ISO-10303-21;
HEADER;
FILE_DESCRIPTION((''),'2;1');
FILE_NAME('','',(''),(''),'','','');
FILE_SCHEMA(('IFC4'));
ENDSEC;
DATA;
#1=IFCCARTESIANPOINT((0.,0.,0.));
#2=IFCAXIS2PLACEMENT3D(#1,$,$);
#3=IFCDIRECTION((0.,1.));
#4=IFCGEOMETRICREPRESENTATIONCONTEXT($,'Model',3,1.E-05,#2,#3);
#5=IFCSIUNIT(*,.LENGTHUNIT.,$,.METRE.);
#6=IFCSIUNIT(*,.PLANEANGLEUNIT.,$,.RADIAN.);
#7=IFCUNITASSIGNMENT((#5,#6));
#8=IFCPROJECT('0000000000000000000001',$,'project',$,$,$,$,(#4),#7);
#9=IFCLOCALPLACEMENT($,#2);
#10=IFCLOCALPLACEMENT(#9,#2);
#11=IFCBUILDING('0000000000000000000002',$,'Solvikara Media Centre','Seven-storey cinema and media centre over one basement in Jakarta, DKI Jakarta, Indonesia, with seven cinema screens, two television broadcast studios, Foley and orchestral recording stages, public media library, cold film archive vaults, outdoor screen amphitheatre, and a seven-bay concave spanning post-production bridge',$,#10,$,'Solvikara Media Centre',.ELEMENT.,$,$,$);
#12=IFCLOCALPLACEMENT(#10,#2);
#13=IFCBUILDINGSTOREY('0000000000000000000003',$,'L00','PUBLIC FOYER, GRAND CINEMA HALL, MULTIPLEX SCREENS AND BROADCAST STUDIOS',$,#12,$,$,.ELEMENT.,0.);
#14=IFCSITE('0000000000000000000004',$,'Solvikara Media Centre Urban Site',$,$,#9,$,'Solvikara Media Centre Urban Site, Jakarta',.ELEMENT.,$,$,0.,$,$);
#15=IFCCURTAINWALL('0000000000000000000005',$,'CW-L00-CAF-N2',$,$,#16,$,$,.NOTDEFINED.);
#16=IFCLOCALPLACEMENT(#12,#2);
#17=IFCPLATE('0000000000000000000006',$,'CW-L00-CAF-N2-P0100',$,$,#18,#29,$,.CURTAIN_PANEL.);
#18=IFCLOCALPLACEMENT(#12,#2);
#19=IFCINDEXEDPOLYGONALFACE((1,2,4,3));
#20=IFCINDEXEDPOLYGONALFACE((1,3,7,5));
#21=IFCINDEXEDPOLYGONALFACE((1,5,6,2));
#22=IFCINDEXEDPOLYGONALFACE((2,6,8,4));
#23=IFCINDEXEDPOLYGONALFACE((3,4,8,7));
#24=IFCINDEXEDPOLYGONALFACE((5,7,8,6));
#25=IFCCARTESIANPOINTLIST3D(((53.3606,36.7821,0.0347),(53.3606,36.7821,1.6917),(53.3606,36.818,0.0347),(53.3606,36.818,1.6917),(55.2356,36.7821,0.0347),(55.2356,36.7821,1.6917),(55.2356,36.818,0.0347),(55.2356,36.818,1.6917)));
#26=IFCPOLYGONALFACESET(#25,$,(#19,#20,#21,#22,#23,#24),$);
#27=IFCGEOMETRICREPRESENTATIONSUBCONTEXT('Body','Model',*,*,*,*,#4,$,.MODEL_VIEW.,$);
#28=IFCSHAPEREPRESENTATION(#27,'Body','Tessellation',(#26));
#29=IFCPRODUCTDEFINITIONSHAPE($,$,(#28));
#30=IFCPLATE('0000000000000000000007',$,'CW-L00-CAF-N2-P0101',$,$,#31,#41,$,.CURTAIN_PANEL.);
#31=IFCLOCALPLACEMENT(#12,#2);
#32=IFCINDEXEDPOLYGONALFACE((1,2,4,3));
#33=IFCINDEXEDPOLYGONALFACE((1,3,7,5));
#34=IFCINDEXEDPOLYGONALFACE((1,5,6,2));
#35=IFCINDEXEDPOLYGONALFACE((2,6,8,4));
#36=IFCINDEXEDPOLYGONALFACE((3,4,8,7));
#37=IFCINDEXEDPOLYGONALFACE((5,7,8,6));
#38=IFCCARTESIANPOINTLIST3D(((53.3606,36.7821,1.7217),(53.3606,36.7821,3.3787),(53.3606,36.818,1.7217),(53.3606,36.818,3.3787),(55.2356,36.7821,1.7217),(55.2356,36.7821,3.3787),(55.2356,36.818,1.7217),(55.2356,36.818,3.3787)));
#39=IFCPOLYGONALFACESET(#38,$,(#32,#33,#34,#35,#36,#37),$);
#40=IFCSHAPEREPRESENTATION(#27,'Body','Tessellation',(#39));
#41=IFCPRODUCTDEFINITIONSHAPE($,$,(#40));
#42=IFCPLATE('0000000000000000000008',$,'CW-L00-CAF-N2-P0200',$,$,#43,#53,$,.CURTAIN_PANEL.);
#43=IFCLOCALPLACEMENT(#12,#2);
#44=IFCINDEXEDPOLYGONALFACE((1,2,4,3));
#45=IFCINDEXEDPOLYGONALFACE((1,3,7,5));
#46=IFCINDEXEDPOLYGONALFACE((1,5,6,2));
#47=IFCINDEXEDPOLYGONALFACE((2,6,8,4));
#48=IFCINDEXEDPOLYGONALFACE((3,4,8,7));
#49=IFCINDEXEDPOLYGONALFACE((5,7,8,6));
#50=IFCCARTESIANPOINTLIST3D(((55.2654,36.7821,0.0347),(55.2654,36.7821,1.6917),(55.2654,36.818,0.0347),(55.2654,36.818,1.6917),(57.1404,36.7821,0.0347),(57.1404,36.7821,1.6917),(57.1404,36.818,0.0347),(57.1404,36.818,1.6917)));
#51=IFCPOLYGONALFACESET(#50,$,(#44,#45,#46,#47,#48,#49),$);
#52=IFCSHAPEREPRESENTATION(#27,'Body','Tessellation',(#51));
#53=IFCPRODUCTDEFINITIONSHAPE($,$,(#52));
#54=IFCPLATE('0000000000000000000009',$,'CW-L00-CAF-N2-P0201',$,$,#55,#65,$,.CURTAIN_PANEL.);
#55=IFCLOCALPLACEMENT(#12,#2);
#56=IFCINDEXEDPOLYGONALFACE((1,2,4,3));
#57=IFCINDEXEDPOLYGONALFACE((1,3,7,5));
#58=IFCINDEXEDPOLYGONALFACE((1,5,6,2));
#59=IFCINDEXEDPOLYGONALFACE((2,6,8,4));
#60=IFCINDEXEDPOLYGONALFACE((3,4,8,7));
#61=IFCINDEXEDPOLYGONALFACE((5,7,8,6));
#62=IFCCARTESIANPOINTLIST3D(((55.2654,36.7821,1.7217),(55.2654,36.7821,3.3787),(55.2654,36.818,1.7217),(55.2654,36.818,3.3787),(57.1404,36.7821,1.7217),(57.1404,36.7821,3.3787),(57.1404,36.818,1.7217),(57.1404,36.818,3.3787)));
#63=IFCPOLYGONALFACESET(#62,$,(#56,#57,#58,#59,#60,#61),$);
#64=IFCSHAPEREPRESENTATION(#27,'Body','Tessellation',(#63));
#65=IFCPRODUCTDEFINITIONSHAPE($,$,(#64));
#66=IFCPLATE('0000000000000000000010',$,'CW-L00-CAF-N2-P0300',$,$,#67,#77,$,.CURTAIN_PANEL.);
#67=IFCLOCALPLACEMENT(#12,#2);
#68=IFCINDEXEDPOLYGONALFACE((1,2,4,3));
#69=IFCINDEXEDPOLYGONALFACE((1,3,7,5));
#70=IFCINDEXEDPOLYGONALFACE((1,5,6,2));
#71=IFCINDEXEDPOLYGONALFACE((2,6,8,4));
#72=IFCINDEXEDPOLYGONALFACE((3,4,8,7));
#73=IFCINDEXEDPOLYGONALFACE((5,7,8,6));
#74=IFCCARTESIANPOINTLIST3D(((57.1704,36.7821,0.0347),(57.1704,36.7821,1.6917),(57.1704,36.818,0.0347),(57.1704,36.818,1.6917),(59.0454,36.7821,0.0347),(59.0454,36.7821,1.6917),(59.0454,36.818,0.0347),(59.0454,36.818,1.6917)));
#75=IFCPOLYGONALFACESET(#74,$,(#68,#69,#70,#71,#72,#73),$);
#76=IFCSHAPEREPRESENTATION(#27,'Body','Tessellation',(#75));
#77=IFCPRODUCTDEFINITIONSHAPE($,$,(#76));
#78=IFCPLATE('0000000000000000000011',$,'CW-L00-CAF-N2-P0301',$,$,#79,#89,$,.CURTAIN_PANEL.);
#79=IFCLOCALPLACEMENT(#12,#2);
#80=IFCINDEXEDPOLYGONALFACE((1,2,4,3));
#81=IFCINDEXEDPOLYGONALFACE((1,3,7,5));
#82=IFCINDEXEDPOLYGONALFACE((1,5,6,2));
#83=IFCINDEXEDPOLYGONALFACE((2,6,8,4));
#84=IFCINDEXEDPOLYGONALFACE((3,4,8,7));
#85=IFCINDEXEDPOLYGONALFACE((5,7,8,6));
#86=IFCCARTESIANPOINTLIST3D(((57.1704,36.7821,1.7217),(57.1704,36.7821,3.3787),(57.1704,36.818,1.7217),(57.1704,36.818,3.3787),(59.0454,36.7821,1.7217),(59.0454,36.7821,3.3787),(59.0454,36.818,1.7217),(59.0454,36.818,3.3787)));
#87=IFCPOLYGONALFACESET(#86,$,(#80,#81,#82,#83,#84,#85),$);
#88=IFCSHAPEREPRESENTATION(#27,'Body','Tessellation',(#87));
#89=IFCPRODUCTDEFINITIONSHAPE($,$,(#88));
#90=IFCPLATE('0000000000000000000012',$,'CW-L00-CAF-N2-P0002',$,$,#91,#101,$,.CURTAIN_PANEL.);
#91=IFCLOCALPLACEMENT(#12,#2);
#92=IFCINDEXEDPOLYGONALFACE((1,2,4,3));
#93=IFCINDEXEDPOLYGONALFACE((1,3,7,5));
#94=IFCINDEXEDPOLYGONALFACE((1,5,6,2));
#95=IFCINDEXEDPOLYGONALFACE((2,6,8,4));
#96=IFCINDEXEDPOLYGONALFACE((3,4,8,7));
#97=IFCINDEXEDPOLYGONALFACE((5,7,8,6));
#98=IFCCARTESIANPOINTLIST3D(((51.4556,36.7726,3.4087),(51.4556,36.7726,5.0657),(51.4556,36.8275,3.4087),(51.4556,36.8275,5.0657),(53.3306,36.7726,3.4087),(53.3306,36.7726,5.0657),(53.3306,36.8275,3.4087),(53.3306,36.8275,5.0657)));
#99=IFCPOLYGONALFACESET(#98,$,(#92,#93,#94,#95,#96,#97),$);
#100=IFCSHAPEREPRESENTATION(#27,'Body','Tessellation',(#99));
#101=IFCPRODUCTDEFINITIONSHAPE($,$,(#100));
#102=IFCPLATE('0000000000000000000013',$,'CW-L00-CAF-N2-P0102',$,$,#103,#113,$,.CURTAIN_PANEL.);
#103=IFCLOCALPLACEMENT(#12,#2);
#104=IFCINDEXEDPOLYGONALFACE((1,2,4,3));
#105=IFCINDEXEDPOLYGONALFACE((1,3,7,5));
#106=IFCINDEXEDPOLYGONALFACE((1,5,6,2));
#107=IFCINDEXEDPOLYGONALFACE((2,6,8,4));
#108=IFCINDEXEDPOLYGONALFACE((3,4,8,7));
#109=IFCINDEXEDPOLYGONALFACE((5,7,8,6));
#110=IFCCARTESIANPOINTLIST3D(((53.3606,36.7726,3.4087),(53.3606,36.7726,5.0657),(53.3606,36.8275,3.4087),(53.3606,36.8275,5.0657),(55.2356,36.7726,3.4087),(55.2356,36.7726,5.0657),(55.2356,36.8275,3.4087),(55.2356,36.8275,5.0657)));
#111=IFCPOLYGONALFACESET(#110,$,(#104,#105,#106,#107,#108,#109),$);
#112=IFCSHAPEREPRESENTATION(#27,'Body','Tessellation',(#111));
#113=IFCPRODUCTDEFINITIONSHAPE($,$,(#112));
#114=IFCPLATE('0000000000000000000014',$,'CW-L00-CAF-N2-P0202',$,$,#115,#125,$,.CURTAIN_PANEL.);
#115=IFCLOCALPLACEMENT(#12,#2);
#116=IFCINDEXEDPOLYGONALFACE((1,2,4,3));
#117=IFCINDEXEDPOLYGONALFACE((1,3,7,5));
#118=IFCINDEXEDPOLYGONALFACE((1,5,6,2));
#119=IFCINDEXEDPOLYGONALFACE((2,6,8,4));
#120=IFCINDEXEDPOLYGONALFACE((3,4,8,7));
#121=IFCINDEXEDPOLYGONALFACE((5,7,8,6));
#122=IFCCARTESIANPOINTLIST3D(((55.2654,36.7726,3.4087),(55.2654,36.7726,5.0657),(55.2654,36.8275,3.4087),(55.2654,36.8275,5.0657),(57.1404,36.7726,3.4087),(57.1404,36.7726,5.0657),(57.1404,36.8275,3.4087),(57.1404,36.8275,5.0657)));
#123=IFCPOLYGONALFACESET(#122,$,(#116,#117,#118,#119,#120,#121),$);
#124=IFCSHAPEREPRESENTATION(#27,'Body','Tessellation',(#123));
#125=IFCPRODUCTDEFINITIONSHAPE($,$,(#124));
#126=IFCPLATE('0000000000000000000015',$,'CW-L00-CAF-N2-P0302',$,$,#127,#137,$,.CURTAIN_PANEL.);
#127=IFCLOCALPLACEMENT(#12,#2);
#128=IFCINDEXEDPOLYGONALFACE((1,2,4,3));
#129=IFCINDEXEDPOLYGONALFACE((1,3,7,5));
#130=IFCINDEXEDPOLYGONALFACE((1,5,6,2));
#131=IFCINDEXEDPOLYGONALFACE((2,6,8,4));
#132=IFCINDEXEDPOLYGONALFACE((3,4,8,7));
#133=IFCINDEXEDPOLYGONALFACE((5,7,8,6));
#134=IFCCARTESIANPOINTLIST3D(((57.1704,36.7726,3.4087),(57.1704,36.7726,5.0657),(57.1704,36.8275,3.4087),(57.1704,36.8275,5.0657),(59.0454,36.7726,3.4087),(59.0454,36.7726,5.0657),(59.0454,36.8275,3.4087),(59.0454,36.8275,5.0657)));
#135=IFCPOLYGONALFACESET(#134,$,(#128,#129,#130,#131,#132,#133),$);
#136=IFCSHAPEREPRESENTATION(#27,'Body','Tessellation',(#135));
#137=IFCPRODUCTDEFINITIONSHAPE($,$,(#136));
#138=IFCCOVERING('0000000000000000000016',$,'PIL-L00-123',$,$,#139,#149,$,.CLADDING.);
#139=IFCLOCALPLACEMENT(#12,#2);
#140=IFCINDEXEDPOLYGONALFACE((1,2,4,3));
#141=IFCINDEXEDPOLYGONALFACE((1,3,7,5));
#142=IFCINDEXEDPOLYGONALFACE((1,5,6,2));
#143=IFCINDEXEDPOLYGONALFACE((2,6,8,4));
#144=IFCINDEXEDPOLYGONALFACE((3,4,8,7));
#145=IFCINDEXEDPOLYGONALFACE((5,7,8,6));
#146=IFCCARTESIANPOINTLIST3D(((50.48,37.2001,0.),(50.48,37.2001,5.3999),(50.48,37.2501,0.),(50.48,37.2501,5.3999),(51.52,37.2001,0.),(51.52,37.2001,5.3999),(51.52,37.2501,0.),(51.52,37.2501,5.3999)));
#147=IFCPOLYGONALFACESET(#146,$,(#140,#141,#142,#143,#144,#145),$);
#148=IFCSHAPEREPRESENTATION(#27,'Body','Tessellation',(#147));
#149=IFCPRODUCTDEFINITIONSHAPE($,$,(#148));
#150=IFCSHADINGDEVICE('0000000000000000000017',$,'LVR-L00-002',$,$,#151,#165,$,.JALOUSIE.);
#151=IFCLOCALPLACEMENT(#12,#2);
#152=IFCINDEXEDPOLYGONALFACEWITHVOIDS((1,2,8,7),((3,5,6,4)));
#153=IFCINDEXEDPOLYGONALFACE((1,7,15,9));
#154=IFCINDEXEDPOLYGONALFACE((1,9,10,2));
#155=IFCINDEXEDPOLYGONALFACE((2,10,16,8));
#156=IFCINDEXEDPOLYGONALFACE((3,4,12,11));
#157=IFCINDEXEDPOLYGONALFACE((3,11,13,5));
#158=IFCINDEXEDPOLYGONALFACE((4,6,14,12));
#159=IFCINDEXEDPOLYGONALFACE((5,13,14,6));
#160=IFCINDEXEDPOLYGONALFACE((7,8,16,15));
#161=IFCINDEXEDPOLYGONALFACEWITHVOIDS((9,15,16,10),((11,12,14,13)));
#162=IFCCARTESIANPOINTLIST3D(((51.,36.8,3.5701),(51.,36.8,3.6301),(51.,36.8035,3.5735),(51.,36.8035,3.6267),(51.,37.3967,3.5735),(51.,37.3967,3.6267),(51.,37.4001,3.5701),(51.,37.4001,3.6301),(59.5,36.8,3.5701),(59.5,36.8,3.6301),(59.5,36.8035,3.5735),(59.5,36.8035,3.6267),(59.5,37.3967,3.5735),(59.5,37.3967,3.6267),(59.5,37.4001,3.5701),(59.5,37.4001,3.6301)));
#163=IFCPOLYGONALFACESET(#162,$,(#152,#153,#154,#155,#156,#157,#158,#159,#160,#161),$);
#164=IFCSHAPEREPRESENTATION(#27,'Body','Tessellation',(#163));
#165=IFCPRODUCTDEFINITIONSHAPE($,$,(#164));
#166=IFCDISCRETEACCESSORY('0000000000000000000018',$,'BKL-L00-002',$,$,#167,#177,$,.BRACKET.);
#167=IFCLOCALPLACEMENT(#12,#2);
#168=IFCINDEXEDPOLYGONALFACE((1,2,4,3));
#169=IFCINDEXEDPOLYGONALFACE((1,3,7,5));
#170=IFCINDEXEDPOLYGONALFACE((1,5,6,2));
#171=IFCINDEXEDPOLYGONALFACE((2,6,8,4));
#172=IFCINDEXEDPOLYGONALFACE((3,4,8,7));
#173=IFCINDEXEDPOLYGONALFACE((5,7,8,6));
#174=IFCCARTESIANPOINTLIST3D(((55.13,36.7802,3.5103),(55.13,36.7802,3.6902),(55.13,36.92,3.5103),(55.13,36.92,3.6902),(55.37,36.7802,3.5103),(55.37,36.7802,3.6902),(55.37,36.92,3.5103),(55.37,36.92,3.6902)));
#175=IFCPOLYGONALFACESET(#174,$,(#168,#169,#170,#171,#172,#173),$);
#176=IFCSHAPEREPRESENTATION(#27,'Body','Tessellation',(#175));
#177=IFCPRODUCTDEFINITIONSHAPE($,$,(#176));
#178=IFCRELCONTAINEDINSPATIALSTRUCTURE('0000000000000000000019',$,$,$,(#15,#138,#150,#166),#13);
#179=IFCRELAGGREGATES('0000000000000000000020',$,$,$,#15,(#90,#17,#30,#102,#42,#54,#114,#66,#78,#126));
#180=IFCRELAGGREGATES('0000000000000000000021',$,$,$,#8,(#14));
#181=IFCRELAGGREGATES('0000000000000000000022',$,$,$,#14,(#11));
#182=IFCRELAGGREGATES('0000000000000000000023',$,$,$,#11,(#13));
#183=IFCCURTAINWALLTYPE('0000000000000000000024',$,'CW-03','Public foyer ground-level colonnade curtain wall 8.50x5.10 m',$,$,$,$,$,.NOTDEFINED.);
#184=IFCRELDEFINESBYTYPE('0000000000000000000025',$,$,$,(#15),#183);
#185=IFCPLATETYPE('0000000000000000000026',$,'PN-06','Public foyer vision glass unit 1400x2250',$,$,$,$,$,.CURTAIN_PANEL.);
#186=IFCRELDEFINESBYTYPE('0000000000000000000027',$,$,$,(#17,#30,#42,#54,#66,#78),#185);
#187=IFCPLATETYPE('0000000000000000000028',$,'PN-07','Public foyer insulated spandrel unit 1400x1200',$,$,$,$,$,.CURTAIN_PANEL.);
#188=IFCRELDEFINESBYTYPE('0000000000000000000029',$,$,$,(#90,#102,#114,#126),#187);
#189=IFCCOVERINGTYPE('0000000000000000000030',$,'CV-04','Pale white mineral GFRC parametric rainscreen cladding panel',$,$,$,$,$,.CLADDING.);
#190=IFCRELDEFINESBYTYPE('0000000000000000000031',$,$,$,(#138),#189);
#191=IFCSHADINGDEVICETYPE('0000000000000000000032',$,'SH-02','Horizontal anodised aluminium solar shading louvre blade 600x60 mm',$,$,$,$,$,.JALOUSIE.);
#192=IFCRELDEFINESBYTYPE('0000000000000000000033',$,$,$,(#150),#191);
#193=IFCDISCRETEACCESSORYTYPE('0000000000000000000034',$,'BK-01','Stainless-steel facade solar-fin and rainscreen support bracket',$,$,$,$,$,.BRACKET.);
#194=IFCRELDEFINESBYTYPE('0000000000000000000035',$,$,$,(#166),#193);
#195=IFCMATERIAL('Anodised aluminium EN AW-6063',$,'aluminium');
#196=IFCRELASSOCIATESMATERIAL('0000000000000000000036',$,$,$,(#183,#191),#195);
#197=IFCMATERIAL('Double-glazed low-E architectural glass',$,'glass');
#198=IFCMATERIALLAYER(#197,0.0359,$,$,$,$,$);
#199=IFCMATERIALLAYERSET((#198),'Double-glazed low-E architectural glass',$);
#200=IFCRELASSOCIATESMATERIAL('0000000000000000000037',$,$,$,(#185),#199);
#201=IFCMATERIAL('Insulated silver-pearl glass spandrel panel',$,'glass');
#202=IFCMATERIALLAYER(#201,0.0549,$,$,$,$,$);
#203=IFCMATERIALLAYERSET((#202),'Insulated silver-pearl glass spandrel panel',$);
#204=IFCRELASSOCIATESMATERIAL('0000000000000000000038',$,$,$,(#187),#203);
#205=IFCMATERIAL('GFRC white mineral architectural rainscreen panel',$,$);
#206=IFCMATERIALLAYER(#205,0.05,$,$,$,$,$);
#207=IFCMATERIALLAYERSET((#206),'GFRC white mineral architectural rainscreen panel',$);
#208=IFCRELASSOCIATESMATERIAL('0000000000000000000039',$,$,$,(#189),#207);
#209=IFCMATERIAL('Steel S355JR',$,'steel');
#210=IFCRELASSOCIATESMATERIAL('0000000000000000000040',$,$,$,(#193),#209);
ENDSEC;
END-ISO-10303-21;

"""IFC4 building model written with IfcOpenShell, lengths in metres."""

from ifc_helpers import new_model, si_unit, direction, frame, origin, origin_2d, place, context, subcontext, project, spatial, rectangle, hollow_rectangle, extrude, material, layer, layer_set, material_profile, profile_set, type_object, element, aggregate, save


model = new_model("IFC4")

# Units and contexts
model_context = context("Model", 3, precision=1e-05, world=origin(), true_north=direction((0.0, 1.0)))
body_context = subcontext(model_context, "Body", "Model", "MODEL_VIEW")
ifc_project = project(units=[si_unit("LENGTHUNIT", "METRE"), si_unit("PLANEANGLEUNIT", "RADIAN")], contexts=[model_context])

# Site, building, storey
site_placement = place(None, origin())
site = spatial("IfcSite", under=ifc_project, at=site_placement, Name="Solvikara Media Centre Urban Site", LongName="Solvikara Media Centre Urban Site, Jakarta", CompositionType="ELEMENT", RefElevation=0.0)
building_placement = place(site_placement, origin())
building = spatial("IfcBuilding", under=site, at=building_placement, Name="Solvikara Media Centre", Description="Seven-storey cinema and media centre over one basement in Jakarta, DKI Jakarta, Indonesia, with seven cinema screens, two television broadcast studios, Foley and orchestral recording stages, public media library, cold film archive vaults, outdoor screen amphitheatre, and a seven-bay concave spanning post-production bridge", LongName="Solvikara Media Centre", CompositionType="ELEMENT")
storey_placement = place(building_placement, origin())
storey = spatial("IfcBuildingStorey", under=building, at=storey_placement, Name="L00", Description="PUBLIC FOYER, GRAND CINEMA HALL, MULTIPLEX SCREENS AND BROADCAST STUDIOS", CompositionType="ELEMENT", Elevation=0.0)

# Shared definitions
ifc_material_1 = material(Name="Steel S355JR", Category="steel")

# Curtain wall, plates
ifc_material_2 = material(Name="Anodised aluminium EN AW-6063", Category="aluminium")
curtain_wall_type = type_object("IfcCurtainWallType", Name="CW-03", Description="Public foyer ground-level colonnade curtain wall 8.50x5.10 m", PredefinedType="NOTDEFINED", material=ifc_material_2)
curtain_wall_placement = place(storey_placement, origin())
curtain_wall = element("IfcCurtainWall", 1, at=curtain_wall_placement, inside=storey, type_object=curtain_wall_type, Name="CW-L00-CAF-N2", PredefinedType="NOTDEFINED")
ifc_material_3 = material(Name="Double-glazed low-E architectural glass", Category="glass")
ifc_layer_1 = layer(ifc_material_3, 0.0359)
ifc_layer_set_1 = layer_set([ifc_layer_1], Name="Double-glazed low-E architectural glass")
plate_type_1 = type_object("IfcPlateType", Name="PN-06", Description="Public foyer vision glass unit 1400x2250", PredefinedType="CURTAIN_PANEL", material=ifc_layer_set_1)
plate_1_placement = place(storey_placement, frame((54.2981, 36.8, 0.0347), z_axis=(0.0, 0.0, 1.0), x_axis=(1.0, 0.0, 0.0)))
plate_1 = element("IfcPlate", 2, at=plate_1_placement, type_object=plate_type_1, Name="CW-L00-CAF-N2-P0100", PredefinedType="CURTAIN_PANEL", context=body_context, shape_type="SweptSolid", body=[
    extrude(rectangle(XDim=1.875, YDim=0.0359, at=origin_2d()), origin(), (0.0, 0.0, 1.0), 1.657),
])
plate_2_placement = place(storey_placement, frame((54.2981, 36.8, 1.7217), z_axis=(0.0, 0.0, 1.0), x_axis=(1.0, 0.0, 0.0)))
plate_2 = element("IfcPlate", 3, at=plate_2_placement, type_object=plate_type_1, Name="CW-L00-CAF-N2-P0101", PredefinedType="CURTAIN_PANEL", context=body_context, shape_type="SweptSolid", body=[
    extrude(rectangle(XDim=1.875, YDim=0.0359, at=origin_2d()), origin(), (0.0, 0.0, 1.0), 1.657),
])
plate_3_placement = place(storey_placement, frame((56.2029, 36.8, 0.0347), z_axis=(0.0, 0.0, 1.0), x_axis=(1.0, 0.0, 0.0)))
plate_3 = element("IfcPlate", 4, at=plate_3_placement, type_object=plate_type_1, Name="CW-L00-CAF-N2-P0200", PredefinedType="CURTAIN_PANEL", context=body_context, shape_type="SweptSolid", body=[
    extrude(rectangle(XDim=1.875, YDim=0.0359, at=origin_2d()), origin(), (0.0, 0.0, 1.0), 1.657),
])
plate_4_placement = place(storey_placement, frame((56.2029, 36.8, 1.7217), z_axis=(0.0, 0.0, 1.0), x_axis=(1.0, 0.0, 0.0)))
plate_4 = element("IfcPlate", 5, at=plate_4_placement, type_object=plate_type_1, Name="CW-L00-CAF-N2-P0201", PredefinedType="CURTAIN_PANEL", context=body_context, shape_type="SweptSolid", body=[
    extrude(rectangle(XDim=1.875, YDim=0.0359, at=origin_2d()), origin(), (0.0, 0.0, 1.0), 1.657),
])
plate_5_placement = place(storey_placement, frame((58.1079, 36.8, 0.0347), z_axis=(0.0, 0.0, 1.0), x_axis=(1.0, 0.0, 0.0)))
plate_5 = element("IfcPlate", 6, at=plate_5_placement, type_object=plate_type_1, Name="CW-L00-CAF-N2-P0300", PredefinedType="CURTAIN_PANEL", context=body_context, shape_type="SweptSolid", body=[
    extrude(rectangle(XDim=1.875, YDim=0.0359, at=origin_2d()), origin(), (0.0, 0.0, 1.0), 1.657),
])
plate_6_placement = place(storey_placement, frame((58.1079, 36.8, 1.7217), z_axis=(0.0, 0.0, 1.0), x_axis=(1.0, 0.0, 0.0)))
plate_6 = element("IfcPlate", 7, at=plate_6_placement, type_object=plate_type_1, Name="CW-L00-CAF-N2-P0301", PredefinedType="CURTAIN_PANEL", context=body_context, shape_type="SweptSolid", body=[
    extrude(rectangle(XDim=1.875, YDim=0.0359, at=origin_2d()), origin(), (0.0, 0.0, 1.0), 1.657),
])
ifc_material_4 = material(Name="Insulated silver-pearl glass spandrel panel", Category="glass")
ifc_layer_2 = layer(ifc_material_4, 0.0549)
ifc_layer_set_2 = layer_set([ifc_layer_2], Name="Insulated silver-pearl glass spandrel panel")
plate_type_2 = type_object("IfcPlateType", Name="PN-07", Description="Public foyer insulated spandrel unit 1400x1200", PredefinedType="CURTAIN_PANEL", material=ifc_layer_set_2)
plate_7_placement = place(storey_placement, frame((52.3931, 36.8, 3.4087), z_axis=(0.0, 0.0, 1.0), x_axis=(1.0, 0.0, 0.0)))
plate_7 = element("IfcPlate", 8, at=plate_7_placement, type_object=plate_type_2, Name="CW-L00-CAF-N2-P0002", PredefinedType="CURTAIN_PANEL", context=body_context, shape_type="SweptSolid", body=[
    extrude(rectangle(XDim=1.875, YDim=0.0549, at=origin_2d()), origin(), (0.0, 0.0, 1.0), 1.657),
])
plate_8_placement = place(storey_placement, frame((54.2981, 36.8, 3.4087), z_axis=(0.0, 0.0, 1.0), x_axis=(1.0, 0.0, 0.0)))
plate_8 = element("IfcPlate", 9, at=plate_8_placement, type_object=plate_type_2, Name="CW-L00-CAF-N2-P0102", PredefinedType="CURTAIN_PANEL", context=body_context, shape_type="SweptSolid", body=[
    extrude(rectangle(XDim=1.875, YDim=0.0549, at=origin_2d()), origin(), (0.0, 0.0, 1.0), 1.657),
])
plate_9_placement = place(storey_placement, frame((56.2029, 36.8, 3.4087), z_axis=(0.0, 0.0, 1.0), x_axis=(1.0, 0.0, 0.0)))
plate_9 = element("IfcPlate", 10, at=plate_9_placement, type_object=plate_type_2, Name="CW-L00-CAF-N2-P0202", PredefinedType="CURTAIN_PANEL", context=body_context, shape_type="SweptSolid", body=[
    extrude(rectangle(XDim=1.875, YDim=0.0549, at=origin_2d()), origin(), (0.0, 0.0, 1.0), 1.657),
])
plate_10_placement = place(storey_placement, frame((58.1079, 36.8, 3.4087), z_axis=(0.0, 0.0, 1.0), x_axis=(1.0, 0.0, 0.0)))
plate_10 = element("IfcPlate", 11, at=plate_10_placement, type_object=plate_type_2, Name="CW-L00-CAF-N2-P0302", PredefinedType="CURTAIN_PANEL", context=body_context, shape_type="SweptSolid", body=[
    extrude(rectangle(XDim=1.875, YDim=0.0549, at=origin_2d()), origin(), (0.0, 0.0, 1.0), 1.657),
])
aggregate(curtain_wall, [plate_7, plate_1, plate_2, plate_8, plate_3, plate_4, plate_9, plate_5, plate_6, plate_10])

# Covering
ifc_material_5 = material(Name="GFRC white mineral architectural rainscreen panel")
ifc_layer_3 = layer(ifc_material_5, 0.05)
ifc_layer_set_3 = layer_set([ifc_layer_3], Name="GFRC white mineral architectural rainscreen panel")
covering_type = type_object("IfcCoveringType", Name="CV-04", Description="Pale white mineral GFRC parametric rainscreen cladding panel", PredefinedType="CLADDING", material=ifc_layer_set_3)
covering_placement = place(storey_placement, frame((51.0, 37.2251, 0.0), z_axis=(0.0, 0.0, 1.0), x_axis=(-1.0, 0.0, 0.0)))
element("IfcCovering", 12, at=covering_placement, inside=storey, type_object=covering_type, Name="PIL-L00-123", PredefinedType="CLADDING", context=body_context, shape_type="SweptSolid", body=[
    extrude(rectangle(XDim=1.04, YDim=0.05, at=origin_2d()), origin(), (0.0, 0.0, 1.0), 5.3999),
])

# Shading device
ifc_material_profile_1 = material_profile(ifc_material_2, hollow_rectangle(XDim=0.6001, YDim=0.0601, WallThickness=0.0034, at=origin_2d()), Name="ALU-LOUVRE 60x600x3.5")
ifc_profile_set_1 = profile_set([ifc_material_profile_1], Name="Anodised aluminium EN AW-6063")
shading_device_type = type_object("IfcShadingDeviceType", Name="SH-02", Description="Horizontal anodised aluminium solar shading louvre blade 600x60 mm", PredefinedType="JALOUSIE", material=ifc_profile_set_1)
shading_device_placement = place(storey_placement, frame((51.0, 37.1001, 3.6001), z_axis=(1.0, 0.0, 0.0), x_axis=(0.0, 1.0, 0.0)))
element("IfcShadingDevice", 13, at=shading_device_placement, inside=storey, type_object=shading_device_type, Name="LVR-L00-002", PredefinedType="JALOUSIE", context=body_context, shape_type="SweptSolid", body=[
    extrude(hollow_rectangle(XDim=0.6001, YDim=0.0601, WallThickness=0.0034, at=origin_2d()), origin(), (0.0, 0.0, 1.0), 8.5),
])

# Discrete accessory
discrete_accessory_type = type_object("IfcDiscreteAccessoryType", Name="BK-01", Description="Stainless-steel facade solar-fin and rainscreen support bracket", PredefinedType="BRACKET", material=ifc_material_1)
discrete_accessory_placement = place(storey_placement, frame((55.25, 36.8501, 3.5103), z_axis=(0.0, 0.0, 1.0), x_axis=(1.0, 0.0, 0.0)))
element("IfcDiscreteAccessory", 14, at=discrete_accessory_placement, inside=storey, type_object=discrete_accessory_type, Name="BKL-L00-002", PredefinedType="BRACKET", context=body_context, shape_type="SweptSolid", body=[
    extrude(rectangle(XDim=0.24, YDim=0.1399, at=origin_2d()), origin(), (0.0, 0.0, 1.0), 0.1799),
])

save(model, "model.ifc")
